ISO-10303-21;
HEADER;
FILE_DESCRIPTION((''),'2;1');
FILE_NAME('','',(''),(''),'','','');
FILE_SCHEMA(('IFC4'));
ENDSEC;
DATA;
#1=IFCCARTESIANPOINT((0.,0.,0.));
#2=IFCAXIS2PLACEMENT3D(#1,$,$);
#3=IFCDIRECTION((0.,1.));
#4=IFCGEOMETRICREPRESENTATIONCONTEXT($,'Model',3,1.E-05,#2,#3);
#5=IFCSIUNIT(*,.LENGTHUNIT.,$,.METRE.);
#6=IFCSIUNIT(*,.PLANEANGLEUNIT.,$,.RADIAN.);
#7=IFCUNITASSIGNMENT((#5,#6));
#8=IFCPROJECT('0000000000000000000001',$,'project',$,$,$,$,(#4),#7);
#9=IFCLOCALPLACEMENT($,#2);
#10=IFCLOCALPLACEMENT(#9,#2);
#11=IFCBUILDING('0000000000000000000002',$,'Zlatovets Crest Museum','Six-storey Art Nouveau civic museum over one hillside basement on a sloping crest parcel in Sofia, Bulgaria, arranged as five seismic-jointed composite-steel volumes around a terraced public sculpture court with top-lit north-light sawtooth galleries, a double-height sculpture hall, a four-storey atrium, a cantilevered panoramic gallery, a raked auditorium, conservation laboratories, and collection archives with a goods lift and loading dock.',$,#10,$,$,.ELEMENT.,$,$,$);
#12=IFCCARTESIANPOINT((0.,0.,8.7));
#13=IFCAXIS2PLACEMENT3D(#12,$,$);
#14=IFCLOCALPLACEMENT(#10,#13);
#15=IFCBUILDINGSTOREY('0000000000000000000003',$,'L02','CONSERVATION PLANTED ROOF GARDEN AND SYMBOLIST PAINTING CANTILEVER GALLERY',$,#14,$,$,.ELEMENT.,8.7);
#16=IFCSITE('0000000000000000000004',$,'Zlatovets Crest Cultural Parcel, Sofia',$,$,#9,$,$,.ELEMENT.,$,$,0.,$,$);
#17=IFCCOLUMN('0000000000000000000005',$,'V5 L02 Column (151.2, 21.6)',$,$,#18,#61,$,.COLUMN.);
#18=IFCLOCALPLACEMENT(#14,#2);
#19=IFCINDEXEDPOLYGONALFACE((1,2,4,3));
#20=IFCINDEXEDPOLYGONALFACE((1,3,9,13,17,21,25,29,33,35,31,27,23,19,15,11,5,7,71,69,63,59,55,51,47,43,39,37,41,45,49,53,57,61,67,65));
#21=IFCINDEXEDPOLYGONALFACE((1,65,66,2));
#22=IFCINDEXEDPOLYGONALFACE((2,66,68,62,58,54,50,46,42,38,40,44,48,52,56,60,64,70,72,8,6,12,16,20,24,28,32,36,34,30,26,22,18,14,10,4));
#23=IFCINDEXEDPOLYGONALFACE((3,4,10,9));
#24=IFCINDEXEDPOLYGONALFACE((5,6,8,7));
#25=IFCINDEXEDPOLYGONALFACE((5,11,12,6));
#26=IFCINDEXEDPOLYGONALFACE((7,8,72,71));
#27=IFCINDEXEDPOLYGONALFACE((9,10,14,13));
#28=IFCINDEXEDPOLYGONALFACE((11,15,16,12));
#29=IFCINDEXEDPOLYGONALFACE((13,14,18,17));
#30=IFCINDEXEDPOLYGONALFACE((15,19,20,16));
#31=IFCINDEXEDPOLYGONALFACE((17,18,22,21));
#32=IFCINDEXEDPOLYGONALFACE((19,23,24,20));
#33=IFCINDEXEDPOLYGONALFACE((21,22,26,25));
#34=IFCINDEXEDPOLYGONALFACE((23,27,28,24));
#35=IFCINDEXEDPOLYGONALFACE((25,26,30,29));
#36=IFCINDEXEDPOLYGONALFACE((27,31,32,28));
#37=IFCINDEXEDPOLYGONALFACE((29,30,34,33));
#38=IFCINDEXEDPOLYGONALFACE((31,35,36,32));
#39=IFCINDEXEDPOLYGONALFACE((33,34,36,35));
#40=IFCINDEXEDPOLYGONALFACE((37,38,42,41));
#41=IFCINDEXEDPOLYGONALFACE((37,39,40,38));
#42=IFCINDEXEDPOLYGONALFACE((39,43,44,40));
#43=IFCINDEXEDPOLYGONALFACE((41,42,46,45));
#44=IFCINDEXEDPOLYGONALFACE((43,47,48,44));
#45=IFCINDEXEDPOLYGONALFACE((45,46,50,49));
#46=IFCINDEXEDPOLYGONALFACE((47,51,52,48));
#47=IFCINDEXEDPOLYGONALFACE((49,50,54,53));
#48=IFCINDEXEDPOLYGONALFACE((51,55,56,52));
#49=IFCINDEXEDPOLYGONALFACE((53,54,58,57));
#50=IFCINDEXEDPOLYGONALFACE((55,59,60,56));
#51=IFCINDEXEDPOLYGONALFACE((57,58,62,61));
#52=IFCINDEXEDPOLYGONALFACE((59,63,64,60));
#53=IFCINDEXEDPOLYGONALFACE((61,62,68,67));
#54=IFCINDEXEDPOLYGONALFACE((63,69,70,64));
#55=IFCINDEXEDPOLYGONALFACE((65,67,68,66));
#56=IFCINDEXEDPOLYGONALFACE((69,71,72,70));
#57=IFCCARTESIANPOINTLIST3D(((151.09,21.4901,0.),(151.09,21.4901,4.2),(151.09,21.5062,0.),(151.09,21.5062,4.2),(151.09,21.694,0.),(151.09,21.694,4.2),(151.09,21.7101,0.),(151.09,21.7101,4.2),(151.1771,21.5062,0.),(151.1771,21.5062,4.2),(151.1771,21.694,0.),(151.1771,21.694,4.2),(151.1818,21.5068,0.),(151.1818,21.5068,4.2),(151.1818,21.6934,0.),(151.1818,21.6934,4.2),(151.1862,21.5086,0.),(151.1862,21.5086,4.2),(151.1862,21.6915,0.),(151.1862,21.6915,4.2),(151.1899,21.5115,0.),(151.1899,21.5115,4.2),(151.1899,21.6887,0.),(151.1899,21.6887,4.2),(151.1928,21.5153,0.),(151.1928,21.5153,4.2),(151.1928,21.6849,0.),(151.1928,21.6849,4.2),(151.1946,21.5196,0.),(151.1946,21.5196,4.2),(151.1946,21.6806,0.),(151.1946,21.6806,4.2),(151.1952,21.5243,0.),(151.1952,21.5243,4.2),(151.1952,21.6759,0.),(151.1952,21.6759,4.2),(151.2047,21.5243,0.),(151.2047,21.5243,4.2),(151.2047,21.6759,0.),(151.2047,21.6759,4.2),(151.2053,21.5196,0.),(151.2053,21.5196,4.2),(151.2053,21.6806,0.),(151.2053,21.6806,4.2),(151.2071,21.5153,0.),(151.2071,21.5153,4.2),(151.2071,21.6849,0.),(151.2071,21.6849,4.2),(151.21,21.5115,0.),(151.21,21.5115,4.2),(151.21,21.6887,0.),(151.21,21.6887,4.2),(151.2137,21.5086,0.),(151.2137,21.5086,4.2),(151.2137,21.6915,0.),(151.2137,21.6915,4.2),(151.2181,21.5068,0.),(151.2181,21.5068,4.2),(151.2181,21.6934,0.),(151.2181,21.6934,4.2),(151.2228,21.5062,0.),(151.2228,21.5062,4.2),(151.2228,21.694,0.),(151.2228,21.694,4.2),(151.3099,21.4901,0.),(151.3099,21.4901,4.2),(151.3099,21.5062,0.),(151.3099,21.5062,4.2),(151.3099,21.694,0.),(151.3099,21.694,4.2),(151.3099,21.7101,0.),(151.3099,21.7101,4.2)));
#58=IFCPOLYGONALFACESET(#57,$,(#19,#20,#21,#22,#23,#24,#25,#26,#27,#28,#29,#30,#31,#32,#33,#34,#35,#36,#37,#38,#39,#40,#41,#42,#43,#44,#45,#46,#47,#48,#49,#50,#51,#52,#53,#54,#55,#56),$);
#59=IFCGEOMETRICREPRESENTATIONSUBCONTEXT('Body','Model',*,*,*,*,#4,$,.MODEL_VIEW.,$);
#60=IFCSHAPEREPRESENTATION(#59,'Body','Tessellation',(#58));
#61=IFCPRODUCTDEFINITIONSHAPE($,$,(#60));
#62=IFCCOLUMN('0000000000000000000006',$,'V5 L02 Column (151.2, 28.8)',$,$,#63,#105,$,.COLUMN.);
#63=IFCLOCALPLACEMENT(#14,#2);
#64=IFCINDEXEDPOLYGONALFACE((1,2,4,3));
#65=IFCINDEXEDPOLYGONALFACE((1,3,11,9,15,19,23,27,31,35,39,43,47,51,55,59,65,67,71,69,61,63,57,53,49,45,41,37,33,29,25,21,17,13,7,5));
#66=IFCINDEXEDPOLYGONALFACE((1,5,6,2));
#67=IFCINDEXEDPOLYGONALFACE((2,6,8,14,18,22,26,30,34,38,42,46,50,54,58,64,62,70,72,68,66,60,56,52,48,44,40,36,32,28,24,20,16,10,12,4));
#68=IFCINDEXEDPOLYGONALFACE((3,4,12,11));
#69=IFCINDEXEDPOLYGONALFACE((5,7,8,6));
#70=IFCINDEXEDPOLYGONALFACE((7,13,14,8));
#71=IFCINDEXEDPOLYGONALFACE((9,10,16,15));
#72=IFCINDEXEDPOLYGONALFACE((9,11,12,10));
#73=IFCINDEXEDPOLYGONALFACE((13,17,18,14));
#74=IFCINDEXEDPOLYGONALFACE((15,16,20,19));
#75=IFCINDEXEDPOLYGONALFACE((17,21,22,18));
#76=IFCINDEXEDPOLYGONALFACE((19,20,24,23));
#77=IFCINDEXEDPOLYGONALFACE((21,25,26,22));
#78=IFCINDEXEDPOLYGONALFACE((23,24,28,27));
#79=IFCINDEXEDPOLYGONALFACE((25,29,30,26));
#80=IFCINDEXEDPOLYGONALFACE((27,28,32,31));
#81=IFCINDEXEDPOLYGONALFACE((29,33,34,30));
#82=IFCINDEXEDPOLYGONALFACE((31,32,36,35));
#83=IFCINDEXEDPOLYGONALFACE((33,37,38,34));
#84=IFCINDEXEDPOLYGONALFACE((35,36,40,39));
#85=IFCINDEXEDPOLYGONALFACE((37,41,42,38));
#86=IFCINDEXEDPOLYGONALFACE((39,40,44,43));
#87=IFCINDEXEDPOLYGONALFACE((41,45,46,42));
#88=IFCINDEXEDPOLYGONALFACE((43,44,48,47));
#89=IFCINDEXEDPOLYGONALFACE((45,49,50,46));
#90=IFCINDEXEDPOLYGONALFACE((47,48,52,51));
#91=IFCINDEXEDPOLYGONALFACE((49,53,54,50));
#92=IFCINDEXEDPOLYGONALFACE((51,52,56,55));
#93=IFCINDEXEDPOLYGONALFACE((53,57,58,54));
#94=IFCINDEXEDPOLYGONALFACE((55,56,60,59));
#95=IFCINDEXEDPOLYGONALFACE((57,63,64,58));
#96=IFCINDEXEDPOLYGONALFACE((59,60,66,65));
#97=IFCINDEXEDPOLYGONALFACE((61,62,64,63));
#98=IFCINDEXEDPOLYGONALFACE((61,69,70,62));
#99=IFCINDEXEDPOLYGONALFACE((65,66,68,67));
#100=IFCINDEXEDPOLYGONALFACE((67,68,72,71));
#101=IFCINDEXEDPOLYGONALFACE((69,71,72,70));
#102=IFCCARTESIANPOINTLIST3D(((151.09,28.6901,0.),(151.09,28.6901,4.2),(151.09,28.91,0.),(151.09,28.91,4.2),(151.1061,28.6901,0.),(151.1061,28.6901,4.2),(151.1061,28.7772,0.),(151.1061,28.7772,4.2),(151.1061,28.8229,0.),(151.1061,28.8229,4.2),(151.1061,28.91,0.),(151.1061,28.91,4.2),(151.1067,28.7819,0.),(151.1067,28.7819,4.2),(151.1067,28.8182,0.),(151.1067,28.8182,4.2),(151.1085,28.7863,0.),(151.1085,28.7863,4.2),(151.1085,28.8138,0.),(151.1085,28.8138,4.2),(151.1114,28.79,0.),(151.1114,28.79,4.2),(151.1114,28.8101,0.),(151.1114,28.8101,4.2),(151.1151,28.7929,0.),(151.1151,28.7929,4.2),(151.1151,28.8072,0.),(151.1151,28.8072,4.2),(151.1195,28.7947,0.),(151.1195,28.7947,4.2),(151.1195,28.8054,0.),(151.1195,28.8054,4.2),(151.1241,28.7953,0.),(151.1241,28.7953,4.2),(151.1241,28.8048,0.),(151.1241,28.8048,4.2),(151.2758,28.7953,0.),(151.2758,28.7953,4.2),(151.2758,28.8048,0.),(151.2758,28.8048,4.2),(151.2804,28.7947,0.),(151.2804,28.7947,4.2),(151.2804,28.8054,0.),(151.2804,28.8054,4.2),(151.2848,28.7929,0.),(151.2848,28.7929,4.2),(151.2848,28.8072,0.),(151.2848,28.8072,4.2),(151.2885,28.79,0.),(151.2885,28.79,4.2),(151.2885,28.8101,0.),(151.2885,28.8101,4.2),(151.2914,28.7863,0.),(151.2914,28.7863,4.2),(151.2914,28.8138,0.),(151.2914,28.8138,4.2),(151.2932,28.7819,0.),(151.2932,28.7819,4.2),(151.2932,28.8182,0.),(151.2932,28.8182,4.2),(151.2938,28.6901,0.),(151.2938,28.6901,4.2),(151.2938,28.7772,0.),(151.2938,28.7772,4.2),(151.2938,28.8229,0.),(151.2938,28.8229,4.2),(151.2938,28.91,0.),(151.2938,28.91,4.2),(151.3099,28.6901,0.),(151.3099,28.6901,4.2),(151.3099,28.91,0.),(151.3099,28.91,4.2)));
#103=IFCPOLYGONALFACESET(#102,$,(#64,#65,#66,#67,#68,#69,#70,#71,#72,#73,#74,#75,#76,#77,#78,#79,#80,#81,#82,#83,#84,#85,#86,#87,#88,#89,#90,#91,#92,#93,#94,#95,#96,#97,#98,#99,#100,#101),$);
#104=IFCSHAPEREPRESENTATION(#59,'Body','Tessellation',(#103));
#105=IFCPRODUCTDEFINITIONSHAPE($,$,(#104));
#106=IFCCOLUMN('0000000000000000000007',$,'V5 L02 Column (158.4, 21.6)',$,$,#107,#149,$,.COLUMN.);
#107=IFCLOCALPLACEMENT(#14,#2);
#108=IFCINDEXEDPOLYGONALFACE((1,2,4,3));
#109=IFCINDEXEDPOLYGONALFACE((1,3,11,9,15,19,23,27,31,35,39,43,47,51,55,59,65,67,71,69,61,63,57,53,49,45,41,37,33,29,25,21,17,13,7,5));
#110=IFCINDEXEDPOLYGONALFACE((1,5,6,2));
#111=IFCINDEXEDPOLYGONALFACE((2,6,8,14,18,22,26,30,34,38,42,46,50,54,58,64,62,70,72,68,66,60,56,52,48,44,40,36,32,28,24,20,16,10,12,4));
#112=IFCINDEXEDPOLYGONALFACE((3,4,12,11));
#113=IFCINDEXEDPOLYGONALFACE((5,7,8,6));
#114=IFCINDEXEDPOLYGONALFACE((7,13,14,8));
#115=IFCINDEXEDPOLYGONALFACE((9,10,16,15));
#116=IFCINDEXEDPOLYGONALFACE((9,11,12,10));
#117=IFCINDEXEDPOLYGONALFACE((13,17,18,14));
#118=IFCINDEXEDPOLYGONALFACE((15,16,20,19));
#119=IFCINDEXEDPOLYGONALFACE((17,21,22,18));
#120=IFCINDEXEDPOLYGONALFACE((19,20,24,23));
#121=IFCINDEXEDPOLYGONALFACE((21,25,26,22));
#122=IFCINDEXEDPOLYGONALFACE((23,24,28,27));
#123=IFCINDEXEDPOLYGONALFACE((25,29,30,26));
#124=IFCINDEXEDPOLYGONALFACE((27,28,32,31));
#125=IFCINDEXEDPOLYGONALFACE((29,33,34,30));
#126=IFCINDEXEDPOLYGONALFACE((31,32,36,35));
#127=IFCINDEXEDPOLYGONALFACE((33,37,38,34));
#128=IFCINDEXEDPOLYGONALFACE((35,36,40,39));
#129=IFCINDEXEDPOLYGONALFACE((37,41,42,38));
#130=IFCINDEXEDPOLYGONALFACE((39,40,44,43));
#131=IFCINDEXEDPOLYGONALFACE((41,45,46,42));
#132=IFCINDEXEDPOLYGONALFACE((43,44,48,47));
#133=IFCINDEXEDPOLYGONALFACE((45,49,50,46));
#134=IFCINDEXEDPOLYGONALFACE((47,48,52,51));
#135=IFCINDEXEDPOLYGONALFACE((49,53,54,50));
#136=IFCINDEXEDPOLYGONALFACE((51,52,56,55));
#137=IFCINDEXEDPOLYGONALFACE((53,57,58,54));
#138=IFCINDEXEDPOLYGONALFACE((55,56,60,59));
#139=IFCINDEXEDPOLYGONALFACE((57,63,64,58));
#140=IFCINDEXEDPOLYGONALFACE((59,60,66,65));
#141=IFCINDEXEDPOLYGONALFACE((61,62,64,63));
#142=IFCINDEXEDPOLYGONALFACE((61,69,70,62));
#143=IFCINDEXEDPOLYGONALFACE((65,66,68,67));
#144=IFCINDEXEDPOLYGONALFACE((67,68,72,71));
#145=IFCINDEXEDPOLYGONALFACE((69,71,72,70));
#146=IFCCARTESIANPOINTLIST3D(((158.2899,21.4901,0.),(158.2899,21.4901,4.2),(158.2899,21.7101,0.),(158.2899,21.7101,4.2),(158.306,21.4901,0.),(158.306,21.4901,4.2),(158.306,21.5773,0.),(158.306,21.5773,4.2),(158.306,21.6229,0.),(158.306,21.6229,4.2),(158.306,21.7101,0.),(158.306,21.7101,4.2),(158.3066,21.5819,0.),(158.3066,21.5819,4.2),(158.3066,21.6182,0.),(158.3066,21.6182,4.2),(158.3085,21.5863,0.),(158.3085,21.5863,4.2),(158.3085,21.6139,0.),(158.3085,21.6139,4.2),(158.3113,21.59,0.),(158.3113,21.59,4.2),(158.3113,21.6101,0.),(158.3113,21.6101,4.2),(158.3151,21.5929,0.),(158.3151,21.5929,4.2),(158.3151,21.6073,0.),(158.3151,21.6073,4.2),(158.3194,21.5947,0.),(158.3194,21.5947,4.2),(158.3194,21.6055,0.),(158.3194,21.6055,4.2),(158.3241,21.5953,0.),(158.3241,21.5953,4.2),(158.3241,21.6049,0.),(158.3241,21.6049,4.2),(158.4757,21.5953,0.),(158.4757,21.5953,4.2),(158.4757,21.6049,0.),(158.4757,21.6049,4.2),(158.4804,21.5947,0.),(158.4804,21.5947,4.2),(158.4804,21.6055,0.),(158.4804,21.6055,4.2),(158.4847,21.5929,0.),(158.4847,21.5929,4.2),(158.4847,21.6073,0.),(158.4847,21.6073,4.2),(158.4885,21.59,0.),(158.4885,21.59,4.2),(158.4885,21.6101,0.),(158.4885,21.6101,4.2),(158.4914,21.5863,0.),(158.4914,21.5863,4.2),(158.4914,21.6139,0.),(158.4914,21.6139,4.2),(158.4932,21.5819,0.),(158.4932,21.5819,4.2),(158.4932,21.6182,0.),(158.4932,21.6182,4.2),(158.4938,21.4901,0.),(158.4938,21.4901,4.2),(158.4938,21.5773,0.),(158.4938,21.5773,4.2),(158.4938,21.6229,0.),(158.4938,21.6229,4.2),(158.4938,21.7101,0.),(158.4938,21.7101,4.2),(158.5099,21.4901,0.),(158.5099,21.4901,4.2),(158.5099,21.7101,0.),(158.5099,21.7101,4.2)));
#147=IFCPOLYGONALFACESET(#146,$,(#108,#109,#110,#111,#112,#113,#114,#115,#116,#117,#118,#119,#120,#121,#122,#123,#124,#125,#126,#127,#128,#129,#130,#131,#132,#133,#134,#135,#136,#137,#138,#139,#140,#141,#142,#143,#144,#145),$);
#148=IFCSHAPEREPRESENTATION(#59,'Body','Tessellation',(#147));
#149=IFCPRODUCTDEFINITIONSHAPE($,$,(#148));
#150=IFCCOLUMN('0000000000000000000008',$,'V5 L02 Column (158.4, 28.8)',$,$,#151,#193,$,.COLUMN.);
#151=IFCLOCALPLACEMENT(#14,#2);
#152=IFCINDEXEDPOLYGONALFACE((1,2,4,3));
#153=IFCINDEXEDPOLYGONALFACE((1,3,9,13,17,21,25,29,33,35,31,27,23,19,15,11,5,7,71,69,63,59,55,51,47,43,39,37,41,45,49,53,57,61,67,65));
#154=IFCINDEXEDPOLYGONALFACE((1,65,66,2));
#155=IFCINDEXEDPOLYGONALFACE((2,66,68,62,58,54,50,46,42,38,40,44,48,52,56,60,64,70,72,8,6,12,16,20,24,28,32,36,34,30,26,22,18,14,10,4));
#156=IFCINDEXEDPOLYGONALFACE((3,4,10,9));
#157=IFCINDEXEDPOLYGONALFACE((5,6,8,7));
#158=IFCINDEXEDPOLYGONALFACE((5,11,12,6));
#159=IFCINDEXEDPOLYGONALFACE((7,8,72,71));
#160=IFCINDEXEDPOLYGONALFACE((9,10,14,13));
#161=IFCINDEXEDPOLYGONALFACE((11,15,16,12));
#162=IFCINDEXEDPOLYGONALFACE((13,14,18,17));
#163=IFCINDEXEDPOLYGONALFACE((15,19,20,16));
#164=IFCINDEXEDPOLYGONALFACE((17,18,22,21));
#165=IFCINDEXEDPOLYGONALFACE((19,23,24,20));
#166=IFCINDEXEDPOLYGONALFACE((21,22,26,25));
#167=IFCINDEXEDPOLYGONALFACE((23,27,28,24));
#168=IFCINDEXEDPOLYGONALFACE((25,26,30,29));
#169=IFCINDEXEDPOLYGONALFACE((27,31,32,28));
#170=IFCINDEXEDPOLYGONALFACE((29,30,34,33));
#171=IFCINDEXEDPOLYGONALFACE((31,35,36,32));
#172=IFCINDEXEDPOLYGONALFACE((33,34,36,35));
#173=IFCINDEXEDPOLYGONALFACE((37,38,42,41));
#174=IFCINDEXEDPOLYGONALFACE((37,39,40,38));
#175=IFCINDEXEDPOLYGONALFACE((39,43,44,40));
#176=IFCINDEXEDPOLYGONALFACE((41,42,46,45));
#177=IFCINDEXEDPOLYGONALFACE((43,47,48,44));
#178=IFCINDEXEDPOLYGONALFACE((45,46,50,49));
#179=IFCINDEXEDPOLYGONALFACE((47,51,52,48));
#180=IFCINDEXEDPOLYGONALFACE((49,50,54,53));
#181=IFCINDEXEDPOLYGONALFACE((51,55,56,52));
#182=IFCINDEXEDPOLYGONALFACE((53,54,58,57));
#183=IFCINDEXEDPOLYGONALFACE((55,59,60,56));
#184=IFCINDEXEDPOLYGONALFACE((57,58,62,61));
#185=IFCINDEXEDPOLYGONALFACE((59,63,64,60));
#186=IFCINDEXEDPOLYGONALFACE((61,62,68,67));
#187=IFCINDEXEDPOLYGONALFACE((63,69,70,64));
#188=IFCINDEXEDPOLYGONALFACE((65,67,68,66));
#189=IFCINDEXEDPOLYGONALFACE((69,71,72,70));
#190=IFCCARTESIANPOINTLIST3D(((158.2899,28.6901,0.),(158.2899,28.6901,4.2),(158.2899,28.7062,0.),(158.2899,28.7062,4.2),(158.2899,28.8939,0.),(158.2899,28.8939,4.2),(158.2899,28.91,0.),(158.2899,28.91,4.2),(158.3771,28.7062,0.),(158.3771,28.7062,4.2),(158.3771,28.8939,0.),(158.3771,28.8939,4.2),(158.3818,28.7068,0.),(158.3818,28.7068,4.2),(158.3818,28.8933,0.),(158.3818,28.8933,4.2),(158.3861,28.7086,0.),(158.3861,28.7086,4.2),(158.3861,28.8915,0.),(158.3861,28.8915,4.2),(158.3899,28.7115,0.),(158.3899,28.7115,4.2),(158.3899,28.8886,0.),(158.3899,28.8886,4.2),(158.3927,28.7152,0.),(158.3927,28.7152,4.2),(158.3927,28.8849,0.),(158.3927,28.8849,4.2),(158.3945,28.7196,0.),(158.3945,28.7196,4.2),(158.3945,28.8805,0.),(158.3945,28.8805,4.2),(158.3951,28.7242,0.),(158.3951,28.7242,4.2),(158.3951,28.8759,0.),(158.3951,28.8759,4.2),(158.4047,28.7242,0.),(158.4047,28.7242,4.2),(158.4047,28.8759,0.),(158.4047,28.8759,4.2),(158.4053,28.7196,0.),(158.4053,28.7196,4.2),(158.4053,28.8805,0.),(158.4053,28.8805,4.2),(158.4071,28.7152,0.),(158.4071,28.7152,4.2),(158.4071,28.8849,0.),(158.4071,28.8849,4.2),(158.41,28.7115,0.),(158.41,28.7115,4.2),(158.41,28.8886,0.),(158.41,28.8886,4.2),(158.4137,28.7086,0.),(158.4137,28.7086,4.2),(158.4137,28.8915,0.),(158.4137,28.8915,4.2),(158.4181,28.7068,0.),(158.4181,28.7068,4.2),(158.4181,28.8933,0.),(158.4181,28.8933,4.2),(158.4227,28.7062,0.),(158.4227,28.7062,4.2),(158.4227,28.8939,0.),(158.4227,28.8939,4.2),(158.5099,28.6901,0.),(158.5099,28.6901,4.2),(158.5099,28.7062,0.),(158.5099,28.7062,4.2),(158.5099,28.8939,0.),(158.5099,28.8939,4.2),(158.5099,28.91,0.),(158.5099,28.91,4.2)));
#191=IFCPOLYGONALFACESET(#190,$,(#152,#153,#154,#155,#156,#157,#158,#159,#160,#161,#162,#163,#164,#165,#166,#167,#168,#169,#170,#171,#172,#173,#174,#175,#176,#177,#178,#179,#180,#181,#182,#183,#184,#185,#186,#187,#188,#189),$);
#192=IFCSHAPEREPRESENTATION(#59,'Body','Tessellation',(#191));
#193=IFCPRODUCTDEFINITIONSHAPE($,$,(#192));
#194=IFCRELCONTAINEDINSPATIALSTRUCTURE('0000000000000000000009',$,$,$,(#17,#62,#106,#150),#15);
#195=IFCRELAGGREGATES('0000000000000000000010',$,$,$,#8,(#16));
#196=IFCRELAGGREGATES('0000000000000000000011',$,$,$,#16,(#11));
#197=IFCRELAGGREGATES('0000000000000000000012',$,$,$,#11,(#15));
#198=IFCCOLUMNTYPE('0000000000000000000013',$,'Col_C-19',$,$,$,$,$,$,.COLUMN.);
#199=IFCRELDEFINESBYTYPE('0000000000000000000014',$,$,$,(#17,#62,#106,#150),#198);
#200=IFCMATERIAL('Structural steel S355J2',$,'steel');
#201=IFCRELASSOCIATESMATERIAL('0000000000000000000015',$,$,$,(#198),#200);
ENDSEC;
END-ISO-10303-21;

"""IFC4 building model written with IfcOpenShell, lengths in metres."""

from ifc_helpers import new_model, si_unit, direction, frame, origin, origin_2d, place, context, subcontext, project, spatial, i_section, extrude, material, material_profile, profile_set, type_object, element, save


model = new_model("IFC4")

# Units and contexts
model_context = context("Model", 3, precision=1e-05, world=origin(), true_north=direction((0.0, 1.0)))
body_context = subcontext(model_context, "Body", "Model", "MODEL_VIEW")
ifc_project = project(units=[si_unit("LENGTHUNIT", "METRE"), si_unit("PLANEANGLEUNIT", "RADIAN")], contexts=[model_context])

# Site, building, storey
site_placement = place(None, origin())
site = spatial("IfcSite", under=ifc_project, at=site_placement, Name="Zlatovets Crest Cultural Parcel, Sofia", CompositionType="ELEMENT", RefElevation=0.0)
building_placement = place(site_placement, origin())
building = spatial("IfcBuilding", under=site, at=building_placement, Name="Zlatovets Crest Museum", Description="Six-storey Art Nouveau civic museum over one hillside basement on a sloping crest parcel in Sofia, Bulgaria, arranged as five seismic-jointed composite-steel volumes around a terraced public sculpture court with top-lit north-light sawtooth galleries, a double-height sculpture hall, a four-storey atrium, a cantilevered panoramic gallery, a raked auditorium, conservation laboratories, and collection archives with a goods lift and loading dock.", CompositionType="ELEMENT")
storey_placement = place(building_placement, frame((0.0, 0.0, 8.7)))
storey = spatial("IfcBuildingStorey", under=building, at=storey_placement, Name="L02", Description="CONSERVATION PLANTED ROOF GARDEN AND SYMBOLIST PAINTING CANTILEVER GALLERY", CompositionType="ELEMENT", Elevation=8.7)

# Columns
ifc_material_1 = material(Name="Structural steel S355J2", Category="steel")
ifc_material_profile_1 = material_profile(ifc_material_1, i_section(OverallWidth=0.22, OverallDepth=0.22, WebThickness=0.0095, FlangeThickness=0.0161, FilletRadius=0.0181, at=origin_2d()), Name="HEB 220")
ifc_profile_set_1 = profile_set([ifc_material_profile_1], Name="Structural steel S355J2")
column_type = type_object("IfcColumnType", Name="Col_C-19", PredefinedType="COLUMN", material=ifc_profile_set_1)
for number, where, z_axis, x_axis, name in (
    (1, (151.2, 21.6001, 0.0), (0.0, 0.0, 1.0), (1.0, 0.0, 0.0), "V5 L02 Column (151.2, 21.6)"),
    (2, (151.2, 28.8, 0.0), (0.0, 0.0, 1.0), (0.0, 1.0, 0.0), "V5 L02 Column (151.2, 28.8)"),
    (3, (158.3999, 21.6001, 0.0), (0.0, 0.0, 1.0), (0.0, 1.0, 0.0), "V5 L02 Column (158.4, 21.6)"),
    (4, (158.3999, 28.8, 0.0), (0.0, 0.0, 1.0), (1.0, 0.0, 0.0), "V5 L02 Column (158.4, 28.8)"),
):
    element("IfcColumn", number, at=place(storey_placement, frame(where, z_axis=z_axis, x_axis=x_axis)), inside=storey, type_object=column_type, Name=name, PredefinedType="COLUMN", context=body_context, shape_type="SweptSolid", body=[
        extrude(i_section(OverallWidth=0.22, OverallDepth=0.22, WebThickness=0.0095, FlangeThickness=0.0161, FilletRadius=0.0181, at=origin_2d()), origin(), (0.0, 0.0, 1.0), 4.2),
    ])

save(model, "model.ifc")
